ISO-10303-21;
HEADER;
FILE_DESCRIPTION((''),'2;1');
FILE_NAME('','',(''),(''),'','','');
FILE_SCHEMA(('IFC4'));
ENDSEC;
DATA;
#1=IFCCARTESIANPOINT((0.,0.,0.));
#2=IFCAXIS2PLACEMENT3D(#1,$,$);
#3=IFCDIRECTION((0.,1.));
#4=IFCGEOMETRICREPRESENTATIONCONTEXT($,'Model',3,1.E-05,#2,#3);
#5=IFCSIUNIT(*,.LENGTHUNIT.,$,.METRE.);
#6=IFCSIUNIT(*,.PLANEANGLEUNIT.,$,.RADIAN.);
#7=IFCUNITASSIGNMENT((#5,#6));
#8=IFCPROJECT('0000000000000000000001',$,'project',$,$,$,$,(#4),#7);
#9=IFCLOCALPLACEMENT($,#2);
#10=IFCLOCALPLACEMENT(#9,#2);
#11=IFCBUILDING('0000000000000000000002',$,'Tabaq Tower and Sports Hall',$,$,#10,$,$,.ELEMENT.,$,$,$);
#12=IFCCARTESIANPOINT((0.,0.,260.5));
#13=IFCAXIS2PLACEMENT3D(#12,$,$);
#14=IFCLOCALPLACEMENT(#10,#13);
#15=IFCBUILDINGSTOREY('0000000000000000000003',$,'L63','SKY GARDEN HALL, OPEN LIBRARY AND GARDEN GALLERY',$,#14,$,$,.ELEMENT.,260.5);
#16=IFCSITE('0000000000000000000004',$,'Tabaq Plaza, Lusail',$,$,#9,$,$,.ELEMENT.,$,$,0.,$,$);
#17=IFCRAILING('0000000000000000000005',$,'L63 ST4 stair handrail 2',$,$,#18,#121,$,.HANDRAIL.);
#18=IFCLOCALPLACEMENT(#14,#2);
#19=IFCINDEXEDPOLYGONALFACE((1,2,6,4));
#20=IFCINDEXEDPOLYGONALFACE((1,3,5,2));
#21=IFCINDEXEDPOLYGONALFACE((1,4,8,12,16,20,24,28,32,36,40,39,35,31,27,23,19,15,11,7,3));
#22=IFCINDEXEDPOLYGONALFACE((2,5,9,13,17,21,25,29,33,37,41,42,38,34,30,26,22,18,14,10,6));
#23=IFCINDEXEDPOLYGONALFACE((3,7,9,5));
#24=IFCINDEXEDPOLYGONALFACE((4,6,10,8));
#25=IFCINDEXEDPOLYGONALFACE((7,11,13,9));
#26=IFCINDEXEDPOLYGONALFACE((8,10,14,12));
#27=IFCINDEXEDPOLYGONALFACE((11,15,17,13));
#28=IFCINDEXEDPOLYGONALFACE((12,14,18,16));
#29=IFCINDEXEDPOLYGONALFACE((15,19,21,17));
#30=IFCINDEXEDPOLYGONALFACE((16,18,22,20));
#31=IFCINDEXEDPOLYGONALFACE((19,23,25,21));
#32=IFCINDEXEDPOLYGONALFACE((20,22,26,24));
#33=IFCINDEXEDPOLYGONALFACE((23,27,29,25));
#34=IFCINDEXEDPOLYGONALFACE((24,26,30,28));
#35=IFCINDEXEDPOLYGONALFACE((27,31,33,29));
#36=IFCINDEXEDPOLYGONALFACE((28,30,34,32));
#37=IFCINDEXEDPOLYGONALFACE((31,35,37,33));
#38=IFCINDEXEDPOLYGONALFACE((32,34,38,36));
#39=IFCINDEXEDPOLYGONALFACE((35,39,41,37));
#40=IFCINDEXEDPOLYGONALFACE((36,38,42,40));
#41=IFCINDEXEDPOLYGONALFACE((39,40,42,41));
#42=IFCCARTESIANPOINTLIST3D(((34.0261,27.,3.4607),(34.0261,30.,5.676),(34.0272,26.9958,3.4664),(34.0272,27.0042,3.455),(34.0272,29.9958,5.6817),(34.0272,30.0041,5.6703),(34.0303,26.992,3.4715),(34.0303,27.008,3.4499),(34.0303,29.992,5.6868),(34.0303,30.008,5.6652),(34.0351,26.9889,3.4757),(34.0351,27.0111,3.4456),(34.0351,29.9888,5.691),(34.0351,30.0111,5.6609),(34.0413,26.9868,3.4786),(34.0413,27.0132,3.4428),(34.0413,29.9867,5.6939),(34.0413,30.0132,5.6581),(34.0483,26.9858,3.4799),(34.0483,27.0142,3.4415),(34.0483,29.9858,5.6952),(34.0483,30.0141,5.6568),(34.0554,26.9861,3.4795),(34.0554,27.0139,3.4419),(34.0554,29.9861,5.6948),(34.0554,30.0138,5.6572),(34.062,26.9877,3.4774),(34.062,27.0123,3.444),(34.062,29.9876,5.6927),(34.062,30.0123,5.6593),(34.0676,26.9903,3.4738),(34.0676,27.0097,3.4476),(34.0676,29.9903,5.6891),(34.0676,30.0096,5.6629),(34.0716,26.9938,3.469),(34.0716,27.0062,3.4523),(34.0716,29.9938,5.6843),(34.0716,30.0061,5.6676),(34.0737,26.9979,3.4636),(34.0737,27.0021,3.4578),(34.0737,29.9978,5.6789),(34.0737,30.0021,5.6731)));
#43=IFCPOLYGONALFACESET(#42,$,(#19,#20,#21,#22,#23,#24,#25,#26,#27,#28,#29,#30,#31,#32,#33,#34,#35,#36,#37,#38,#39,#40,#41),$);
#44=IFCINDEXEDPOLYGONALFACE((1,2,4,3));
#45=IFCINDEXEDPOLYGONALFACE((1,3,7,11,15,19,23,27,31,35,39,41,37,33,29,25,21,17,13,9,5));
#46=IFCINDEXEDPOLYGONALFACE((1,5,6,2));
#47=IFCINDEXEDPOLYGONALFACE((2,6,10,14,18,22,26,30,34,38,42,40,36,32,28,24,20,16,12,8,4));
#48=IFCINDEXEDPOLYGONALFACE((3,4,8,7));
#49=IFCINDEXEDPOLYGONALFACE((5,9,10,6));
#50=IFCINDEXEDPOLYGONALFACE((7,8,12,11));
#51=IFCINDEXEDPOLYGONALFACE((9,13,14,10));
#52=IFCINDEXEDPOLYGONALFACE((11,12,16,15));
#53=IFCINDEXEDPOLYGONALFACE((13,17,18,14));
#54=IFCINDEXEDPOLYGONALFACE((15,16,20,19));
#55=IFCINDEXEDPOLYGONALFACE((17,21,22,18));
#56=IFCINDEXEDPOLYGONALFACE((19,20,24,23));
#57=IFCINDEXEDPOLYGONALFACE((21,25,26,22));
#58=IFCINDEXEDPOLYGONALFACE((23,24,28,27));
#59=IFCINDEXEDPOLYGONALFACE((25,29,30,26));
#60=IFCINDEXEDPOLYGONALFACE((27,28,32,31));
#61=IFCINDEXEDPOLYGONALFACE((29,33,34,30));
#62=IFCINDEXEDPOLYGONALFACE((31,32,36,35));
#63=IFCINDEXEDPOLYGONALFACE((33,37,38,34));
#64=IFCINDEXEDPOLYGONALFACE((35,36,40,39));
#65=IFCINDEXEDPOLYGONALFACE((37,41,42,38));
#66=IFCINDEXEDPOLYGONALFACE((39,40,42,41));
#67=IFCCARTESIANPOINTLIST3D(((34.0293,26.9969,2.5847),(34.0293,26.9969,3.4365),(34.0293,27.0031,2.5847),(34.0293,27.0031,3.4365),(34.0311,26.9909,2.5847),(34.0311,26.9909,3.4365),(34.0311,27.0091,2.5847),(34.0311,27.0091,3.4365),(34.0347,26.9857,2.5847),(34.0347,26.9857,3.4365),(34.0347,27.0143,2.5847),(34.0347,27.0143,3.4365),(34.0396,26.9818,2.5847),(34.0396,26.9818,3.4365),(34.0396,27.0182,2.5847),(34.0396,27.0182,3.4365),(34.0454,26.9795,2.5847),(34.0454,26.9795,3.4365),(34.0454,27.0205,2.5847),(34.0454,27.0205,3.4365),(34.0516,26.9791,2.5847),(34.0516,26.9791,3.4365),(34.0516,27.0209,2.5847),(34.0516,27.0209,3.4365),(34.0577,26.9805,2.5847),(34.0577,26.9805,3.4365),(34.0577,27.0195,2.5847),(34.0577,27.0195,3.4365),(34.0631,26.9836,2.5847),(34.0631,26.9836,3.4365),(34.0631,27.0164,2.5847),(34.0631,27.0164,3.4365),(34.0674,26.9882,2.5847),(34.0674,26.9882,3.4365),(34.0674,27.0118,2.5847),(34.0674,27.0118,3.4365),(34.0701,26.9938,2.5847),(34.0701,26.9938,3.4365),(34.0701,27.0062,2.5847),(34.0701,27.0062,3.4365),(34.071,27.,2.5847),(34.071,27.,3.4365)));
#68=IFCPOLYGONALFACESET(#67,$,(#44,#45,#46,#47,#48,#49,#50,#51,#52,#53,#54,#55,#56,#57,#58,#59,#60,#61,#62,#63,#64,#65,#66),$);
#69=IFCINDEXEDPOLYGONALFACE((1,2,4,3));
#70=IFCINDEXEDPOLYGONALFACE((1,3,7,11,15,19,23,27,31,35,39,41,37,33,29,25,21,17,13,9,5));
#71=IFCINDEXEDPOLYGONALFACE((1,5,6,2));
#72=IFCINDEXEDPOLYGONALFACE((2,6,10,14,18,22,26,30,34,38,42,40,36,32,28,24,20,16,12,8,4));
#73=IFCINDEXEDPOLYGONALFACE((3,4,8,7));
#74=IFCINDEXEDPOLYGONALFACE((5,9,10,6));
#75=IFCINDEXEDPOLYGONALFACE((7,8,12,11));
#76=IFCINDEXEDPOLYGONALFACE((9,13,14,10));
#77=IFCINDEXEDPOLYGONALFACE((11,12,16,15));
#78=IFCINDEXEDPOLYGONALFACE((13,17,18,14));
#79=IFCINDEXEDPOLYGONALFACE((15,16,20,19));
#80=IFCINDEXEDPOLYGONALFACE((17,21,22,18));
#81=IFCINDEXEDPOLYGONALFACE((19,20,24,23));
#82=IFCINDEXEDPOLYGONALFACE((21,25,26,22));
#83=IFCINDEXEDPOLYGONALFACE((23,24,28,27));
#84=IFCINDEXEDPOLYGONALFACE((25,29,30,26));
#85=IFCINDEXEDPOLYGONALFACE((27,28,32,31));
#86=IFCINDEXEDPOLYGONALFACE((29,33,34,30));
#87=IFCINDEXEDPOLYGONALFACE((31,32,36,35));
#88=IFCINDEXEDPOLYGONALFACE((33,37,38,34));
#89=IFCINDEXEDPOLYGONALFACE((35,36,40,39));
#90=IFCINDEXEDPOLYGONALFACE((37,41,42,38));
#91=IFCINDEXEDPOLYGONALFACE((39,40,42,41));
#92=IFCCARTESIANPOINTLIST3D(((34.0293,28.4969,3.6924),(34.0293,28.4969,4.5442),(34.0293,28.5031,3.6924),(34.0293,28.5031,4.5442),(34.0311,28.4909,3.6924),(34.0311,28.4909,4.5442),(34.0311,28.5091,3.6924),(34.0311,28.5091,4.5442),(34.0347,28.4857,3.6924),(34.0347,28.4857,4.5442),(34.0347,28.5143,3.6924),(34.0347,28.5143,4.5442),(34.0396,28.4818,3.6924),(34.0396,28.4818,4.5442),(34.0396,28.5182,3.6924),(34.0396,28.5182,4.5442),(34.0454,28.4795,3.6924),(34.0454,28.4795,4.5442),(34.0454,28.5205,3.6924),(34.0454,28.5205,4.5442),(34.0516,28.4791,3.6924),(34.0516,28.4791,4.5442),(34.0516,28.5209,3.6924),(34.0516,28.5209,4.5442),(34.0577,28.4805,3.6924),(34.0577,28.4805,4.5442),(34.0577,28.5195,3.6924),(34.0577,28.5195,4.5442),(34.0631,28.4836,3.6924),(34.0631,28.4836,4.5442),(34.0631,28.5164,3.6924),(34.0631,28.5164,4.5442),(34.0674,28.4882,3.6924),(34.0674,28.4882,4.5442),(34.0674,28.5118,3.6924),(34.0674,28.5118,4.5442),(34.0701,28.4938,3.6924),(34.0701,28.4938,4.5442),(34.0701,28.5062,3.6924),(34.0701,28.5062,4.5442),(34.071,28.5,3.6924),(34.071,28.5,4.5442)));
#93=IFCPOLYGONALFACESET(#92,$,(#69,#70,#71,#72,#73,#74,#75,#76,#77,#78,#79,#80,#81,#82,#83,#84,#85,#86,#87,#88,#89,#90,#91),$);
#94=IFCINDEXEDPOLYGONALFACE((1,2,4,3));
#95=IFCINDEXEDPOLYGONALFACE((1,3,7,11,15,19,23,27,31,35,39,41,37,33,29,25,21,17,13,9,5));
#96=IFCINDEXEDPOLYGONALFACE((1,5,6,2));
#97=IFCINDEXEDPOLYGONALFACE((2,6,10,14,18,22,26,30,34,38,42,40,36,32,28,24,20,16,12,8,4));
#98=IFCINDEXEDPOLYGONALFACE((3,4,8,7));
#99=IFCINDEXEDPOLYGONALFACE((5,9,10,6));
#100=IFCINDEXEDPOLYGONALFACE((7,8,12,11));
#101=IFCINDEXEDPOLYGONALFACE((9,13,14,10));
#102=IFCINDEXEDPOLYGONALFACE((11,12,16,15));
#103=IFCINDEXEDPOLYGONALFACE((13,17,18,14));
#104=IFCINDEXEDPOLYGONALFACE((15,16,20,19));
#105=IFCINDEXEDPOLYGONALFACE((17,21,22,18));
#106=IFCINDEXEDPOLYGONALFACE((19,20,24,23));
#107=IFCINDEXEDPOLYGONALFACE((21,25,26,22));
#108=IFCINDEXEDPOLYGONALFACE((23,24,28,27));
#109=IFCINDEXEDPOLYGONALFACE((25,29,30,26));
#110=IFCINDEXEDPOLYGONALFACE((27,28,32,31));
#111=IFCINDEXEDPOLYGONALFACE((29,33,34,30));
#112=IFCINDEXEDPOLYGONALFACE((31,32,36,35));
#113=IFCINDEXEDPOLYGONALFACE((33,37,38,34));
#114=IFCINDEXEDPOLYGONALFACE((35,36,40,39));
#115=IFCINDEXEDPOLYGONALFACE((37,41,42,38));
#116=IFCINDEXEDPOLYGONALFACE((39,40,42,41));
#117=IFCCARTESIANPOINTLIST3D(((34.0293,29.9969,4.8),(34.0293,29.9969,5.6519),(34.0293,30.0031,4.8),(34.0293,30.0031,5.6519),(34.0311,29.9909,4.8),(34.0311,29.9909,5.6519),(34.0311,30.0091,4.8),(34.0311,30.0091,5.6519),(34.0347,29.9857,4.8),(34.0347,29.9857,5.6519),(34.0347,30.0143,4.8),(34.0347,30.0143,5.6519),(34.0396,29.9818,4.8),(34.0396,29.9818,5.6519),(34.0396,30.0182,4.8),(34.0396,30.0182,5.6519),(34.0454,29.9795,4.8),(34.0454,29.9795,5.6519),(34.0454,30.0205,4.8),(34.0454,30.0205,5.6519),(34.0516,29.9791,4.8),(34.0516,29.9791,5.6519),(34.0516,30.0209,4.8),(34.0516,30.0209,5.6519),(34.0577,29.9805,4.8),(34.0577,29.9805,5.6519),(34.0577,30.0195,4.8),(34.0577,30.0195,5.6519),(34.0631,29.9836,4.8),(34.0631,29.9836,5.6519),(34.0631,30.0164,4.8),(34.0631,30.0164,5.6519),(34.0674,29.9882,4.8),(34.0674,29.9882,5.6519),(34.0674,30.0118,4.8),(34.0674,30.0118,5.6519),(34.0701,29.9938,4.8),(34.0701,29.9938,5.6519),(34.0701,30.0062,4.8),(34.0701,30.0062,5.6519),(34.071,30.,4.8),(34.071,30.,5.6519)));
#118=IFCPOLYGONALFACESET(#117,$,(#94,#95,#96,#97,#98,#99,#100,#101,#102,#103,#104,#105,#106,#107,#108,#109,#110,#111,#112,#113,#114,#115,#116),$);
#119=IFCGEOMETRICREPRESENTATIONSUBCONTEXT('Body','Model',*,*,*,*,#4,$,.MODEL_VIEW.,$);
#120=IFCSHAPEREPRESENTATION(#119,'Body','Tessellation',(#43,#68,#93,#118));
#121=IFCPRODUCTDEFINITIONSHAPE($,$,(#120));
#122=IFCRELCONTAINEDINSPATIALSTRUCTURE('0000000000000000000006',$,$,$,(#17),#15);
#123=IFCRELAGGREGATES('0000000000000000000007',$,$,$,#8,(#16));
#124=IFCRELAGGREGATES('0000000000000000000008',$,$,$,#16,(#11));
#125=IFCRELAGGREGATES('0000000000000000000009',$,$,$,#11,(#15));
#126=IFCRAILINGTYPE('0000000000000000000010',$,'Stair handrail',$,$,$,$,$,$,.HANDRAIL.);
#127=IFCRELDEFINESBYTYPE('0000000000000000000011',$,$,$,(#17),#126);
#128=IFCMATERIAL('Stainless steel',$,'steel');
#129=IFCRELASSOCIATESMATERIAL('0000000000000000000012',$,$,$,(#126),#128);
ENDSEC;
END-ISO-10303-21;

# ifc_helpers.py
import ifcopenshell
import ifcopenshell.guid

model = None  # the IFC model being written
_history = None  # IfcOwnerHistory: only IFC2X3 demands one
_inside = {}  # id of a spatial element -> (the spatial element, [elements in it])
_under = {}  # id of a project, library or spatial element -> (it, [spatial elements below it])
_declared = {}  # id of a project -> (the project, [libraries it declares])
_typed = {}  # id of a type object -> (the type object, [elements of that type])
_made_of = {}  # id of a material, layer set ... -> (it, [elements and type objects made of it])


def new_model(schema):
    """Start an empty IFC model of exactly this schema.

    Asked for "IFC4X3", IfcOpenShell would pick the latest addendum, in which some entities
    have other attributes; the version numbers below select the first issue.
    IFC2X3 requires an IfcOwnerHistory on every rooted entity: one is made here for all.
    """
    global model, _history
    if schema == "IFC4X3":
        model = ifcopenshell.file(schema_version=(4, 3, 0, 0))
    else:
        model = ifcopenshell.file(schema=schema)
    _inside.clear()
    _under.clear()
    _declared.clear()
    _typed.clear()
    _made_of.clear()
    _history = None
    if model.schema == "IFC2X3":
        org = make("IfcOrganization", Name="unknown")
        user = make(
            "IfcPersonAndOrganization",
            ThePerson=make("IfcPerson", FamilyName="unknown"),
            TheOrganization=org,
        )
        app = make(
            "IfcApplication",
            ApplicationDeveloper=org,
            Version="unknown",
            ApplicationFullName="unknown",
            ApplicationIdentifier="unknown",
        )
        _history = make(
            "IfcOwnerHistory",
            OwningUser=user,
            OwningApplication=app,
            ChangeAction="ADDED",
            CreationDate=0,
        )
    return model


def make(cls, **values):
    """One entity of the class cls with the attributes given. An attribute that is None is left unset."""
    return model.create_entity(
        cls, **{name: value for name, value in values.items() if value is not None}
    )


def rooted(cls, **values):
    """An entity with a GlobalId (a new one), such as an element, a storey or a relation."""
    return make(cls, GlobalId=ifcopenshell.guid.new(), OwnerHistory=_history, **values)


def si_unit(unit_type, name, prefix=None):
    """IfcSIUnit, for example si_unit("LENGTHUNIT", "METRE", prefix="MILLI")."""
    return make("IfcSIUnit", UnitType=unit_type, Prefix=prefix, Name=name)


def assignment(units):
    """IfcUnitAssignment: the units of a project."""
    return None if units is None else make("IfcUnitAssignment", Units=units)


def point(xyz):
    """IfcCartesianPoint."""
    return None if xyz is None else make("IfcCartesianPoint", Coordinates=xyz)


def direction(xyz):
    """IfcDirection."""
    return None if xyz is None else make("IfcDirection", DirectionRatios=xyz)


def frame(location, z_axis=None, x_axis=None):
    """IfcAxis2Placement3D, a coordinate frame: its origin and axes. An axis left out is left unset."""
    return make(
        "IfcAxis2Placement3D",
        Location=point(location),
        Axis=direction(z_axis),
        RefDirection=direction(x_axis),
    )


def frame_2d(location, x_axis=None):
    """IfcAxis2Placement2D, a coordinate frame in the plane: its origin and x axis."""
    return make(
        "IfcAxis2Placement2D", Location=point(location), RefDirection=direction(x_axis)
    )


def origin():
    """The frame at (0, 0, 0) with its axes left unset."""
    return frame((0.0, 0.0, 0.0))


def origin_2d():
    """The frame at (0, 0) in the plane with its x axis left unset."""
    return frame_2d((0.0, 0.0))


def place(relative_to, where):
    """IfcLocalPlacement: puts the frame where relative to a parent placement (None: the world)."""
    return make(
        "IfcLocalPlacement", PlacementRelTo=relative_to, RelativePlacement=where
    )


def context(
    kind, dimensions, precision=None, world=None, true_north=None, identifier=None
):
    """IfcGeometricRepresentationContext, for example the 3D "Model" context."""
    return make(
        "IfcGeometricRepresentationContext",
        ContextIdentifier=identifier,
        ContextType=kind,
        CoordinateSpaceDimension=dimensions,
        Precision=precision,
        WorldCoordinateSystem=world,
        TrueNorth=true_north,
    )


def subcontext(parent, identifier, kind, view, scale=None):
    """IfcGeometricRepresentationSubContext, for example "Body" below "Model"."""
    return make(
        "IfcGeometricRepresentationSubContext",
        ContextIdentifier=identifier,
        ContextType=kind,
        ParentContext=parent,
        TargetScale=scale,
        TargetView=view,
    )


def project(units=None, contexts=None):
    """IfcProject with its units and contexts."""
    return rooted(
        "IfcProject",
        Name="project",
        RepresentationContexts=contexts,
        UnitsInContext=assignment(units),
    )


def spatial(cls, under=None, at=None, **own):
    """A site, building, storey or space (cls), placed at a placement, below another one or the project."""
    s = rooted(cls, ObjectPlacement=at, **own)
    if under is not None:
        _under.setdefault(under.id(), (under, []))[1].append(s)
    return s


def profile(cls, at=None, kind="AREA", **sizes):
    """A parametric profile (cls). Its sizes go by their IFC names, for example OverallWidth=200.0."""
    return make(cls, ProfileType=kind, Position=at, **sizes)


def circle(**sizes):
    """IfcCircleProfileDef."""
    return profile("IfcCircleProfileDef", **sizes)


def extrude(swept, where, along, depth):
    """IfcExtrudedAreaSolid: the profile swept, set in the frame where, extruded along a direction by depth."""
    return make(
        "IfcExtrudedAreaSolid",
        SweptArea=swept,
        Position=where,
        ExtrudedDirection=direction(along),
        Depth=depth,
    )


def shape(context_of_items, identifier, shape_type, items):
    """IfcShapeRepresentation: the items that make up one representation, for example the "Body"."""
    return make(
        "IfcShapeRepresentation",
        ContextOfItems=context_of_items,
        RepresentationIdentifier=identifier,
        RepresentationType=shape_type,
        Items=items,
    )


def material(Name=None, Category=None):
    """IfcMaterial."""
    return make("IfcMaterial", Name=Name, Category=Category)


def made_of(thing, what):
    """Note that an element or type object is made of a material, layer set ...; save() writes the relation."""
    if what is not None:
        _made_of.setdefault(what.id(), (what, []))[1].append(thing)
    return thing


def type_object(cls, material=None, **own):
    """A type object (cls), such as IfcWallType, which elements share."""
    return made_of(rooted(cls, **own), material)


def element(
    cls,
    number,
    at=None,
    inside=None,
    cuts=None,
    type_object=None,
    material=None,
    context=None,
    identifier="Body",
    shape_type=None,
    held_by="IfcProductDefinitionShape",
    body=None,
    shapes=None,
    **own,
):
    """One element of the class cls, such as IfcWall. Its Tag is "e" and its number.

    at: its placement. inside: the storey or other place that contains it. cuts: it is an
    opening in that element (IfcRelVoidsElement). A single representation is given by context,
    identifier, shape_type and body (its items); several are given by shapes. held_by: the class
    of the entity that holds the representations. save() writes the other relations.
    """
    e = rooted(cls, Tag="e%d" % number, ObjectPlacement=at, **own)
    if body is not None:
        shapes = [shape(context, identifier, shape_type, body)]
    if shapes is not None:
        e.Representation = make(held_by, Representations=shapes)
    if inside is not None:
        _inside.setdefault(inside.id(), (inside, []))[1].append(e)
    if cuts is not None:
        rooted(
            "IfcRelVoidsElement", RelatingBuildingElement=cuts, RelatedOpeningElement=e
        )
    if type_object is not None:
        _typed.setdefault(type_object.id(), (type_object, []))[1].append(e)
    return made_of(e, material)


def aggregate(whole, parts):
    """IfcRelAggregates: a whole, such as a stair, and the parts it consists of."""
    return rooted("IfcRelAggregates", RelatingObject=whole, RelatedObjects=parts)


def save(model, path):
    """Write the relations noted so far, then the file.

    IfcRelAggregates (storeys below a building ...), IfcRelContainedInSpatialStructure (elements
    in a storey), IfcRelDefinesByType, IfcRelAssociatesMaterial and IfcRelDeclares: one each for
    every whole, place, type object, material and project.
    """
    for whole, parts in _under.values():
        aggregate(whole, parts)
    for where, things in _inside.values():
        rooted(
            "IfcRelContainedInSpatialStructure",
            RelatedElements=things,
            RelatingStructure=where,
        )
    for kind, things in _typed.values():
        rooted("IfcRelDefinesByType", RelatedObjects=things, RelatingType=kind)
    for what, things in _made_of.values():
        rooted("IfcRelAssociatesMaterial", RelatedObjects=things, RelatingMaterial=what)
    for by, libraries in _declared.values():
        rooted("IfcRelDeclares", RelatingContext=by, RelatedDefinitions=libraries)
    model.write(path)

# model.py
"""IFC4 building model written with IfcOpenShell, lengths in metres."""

from ifc_helpers import new_model, si_unit, direction, frame, origin, origin_2d, place, context, subcontext, project, spatial, circle, extrude, material, type_object, element, save


model = new_model("IFC4")

# Units and contexts
model_context = context("Model", 3, precision=1e-05, world=origin(), true_north=direction((0.0, 1.0)))
body_context = subcontext(model_context, "Body", "Model", "MODEL_VIEW")
ifc_project = project(units=[si_unit("LENGTHUNIT", "METRE"), si_unit("PLANEANGLEUNIT", "RADIAN")], contexts=[model_context])

# Site, building, storey
site_placement = place(None, origin())
site = spatial("IfcSite", under=ifc_project, at=site_placement, Name="Tabaq Plaza, Lusail", CompositionType="ELEMENT", RefElevation=0.0)
building_placement = place(site_placement, origin())
building = spatial("IfcBuilding", under=site, at=building_placement, Name="Tabaq Tower and Sports Hall", CompositionType="ELEMENT")
storey_placement = place(building_placement, frame((0.0, 0.0, 260.5)))
storey = spatial("IfcBuildingStorey", under=building, at=storey_placement, Name="L63", Description="SKY GARDEN HALL, OPEN LIBRARY AND GARDEN GALLERY", CompositionType="ELEMENT", Elevation=260.5)

# Railing
ifc_material_1 = material(Name="Stainless steel", Category="steel")
railing_type = type_object("IfcRailingType", Name="Stair handrail", PredefinedType="HANDRAIL", material=ifc_material_1)
railing_placement = place(storey_placement, frame((34.05, 27.0, 2.5847)))
element("IfcRailing", 1, at=railing_placement, inside=storey, type_object=railing_type, Name="L63 ST4 stair handrail 2", PredefinedType="HANDRAIL", context=body_context, shape_type="SweptSolid", body=[
    extrude(circle(Radius=0.0239, at=origin_2d()), frame((0.0, 0.0, 0.876), z_axis=(0.0, 0.80444, 0.594034), x_axis=(-1.0, 0.0, 0.0)), (0.0, 0.0, 1.0), 3.7292),
    extrude(circle(Radius=0.021, at=origin_2d()), origin(), (0.0, 0.0, 1.0), 0.8518),
    extrude(circle(Radius=0.021, at=origin_2d()), frame((0.0, 1.5, 1.1077)), (0.0, 0.0, 1.0), 0.8518),
    extrude(circle(Radius=0.021, at=origin_2d()), frame((0.0, 3.0, 2.2153)), (0.0, 0.0, 1.0), 0.8518),
])

save(model, "model.ifc")
